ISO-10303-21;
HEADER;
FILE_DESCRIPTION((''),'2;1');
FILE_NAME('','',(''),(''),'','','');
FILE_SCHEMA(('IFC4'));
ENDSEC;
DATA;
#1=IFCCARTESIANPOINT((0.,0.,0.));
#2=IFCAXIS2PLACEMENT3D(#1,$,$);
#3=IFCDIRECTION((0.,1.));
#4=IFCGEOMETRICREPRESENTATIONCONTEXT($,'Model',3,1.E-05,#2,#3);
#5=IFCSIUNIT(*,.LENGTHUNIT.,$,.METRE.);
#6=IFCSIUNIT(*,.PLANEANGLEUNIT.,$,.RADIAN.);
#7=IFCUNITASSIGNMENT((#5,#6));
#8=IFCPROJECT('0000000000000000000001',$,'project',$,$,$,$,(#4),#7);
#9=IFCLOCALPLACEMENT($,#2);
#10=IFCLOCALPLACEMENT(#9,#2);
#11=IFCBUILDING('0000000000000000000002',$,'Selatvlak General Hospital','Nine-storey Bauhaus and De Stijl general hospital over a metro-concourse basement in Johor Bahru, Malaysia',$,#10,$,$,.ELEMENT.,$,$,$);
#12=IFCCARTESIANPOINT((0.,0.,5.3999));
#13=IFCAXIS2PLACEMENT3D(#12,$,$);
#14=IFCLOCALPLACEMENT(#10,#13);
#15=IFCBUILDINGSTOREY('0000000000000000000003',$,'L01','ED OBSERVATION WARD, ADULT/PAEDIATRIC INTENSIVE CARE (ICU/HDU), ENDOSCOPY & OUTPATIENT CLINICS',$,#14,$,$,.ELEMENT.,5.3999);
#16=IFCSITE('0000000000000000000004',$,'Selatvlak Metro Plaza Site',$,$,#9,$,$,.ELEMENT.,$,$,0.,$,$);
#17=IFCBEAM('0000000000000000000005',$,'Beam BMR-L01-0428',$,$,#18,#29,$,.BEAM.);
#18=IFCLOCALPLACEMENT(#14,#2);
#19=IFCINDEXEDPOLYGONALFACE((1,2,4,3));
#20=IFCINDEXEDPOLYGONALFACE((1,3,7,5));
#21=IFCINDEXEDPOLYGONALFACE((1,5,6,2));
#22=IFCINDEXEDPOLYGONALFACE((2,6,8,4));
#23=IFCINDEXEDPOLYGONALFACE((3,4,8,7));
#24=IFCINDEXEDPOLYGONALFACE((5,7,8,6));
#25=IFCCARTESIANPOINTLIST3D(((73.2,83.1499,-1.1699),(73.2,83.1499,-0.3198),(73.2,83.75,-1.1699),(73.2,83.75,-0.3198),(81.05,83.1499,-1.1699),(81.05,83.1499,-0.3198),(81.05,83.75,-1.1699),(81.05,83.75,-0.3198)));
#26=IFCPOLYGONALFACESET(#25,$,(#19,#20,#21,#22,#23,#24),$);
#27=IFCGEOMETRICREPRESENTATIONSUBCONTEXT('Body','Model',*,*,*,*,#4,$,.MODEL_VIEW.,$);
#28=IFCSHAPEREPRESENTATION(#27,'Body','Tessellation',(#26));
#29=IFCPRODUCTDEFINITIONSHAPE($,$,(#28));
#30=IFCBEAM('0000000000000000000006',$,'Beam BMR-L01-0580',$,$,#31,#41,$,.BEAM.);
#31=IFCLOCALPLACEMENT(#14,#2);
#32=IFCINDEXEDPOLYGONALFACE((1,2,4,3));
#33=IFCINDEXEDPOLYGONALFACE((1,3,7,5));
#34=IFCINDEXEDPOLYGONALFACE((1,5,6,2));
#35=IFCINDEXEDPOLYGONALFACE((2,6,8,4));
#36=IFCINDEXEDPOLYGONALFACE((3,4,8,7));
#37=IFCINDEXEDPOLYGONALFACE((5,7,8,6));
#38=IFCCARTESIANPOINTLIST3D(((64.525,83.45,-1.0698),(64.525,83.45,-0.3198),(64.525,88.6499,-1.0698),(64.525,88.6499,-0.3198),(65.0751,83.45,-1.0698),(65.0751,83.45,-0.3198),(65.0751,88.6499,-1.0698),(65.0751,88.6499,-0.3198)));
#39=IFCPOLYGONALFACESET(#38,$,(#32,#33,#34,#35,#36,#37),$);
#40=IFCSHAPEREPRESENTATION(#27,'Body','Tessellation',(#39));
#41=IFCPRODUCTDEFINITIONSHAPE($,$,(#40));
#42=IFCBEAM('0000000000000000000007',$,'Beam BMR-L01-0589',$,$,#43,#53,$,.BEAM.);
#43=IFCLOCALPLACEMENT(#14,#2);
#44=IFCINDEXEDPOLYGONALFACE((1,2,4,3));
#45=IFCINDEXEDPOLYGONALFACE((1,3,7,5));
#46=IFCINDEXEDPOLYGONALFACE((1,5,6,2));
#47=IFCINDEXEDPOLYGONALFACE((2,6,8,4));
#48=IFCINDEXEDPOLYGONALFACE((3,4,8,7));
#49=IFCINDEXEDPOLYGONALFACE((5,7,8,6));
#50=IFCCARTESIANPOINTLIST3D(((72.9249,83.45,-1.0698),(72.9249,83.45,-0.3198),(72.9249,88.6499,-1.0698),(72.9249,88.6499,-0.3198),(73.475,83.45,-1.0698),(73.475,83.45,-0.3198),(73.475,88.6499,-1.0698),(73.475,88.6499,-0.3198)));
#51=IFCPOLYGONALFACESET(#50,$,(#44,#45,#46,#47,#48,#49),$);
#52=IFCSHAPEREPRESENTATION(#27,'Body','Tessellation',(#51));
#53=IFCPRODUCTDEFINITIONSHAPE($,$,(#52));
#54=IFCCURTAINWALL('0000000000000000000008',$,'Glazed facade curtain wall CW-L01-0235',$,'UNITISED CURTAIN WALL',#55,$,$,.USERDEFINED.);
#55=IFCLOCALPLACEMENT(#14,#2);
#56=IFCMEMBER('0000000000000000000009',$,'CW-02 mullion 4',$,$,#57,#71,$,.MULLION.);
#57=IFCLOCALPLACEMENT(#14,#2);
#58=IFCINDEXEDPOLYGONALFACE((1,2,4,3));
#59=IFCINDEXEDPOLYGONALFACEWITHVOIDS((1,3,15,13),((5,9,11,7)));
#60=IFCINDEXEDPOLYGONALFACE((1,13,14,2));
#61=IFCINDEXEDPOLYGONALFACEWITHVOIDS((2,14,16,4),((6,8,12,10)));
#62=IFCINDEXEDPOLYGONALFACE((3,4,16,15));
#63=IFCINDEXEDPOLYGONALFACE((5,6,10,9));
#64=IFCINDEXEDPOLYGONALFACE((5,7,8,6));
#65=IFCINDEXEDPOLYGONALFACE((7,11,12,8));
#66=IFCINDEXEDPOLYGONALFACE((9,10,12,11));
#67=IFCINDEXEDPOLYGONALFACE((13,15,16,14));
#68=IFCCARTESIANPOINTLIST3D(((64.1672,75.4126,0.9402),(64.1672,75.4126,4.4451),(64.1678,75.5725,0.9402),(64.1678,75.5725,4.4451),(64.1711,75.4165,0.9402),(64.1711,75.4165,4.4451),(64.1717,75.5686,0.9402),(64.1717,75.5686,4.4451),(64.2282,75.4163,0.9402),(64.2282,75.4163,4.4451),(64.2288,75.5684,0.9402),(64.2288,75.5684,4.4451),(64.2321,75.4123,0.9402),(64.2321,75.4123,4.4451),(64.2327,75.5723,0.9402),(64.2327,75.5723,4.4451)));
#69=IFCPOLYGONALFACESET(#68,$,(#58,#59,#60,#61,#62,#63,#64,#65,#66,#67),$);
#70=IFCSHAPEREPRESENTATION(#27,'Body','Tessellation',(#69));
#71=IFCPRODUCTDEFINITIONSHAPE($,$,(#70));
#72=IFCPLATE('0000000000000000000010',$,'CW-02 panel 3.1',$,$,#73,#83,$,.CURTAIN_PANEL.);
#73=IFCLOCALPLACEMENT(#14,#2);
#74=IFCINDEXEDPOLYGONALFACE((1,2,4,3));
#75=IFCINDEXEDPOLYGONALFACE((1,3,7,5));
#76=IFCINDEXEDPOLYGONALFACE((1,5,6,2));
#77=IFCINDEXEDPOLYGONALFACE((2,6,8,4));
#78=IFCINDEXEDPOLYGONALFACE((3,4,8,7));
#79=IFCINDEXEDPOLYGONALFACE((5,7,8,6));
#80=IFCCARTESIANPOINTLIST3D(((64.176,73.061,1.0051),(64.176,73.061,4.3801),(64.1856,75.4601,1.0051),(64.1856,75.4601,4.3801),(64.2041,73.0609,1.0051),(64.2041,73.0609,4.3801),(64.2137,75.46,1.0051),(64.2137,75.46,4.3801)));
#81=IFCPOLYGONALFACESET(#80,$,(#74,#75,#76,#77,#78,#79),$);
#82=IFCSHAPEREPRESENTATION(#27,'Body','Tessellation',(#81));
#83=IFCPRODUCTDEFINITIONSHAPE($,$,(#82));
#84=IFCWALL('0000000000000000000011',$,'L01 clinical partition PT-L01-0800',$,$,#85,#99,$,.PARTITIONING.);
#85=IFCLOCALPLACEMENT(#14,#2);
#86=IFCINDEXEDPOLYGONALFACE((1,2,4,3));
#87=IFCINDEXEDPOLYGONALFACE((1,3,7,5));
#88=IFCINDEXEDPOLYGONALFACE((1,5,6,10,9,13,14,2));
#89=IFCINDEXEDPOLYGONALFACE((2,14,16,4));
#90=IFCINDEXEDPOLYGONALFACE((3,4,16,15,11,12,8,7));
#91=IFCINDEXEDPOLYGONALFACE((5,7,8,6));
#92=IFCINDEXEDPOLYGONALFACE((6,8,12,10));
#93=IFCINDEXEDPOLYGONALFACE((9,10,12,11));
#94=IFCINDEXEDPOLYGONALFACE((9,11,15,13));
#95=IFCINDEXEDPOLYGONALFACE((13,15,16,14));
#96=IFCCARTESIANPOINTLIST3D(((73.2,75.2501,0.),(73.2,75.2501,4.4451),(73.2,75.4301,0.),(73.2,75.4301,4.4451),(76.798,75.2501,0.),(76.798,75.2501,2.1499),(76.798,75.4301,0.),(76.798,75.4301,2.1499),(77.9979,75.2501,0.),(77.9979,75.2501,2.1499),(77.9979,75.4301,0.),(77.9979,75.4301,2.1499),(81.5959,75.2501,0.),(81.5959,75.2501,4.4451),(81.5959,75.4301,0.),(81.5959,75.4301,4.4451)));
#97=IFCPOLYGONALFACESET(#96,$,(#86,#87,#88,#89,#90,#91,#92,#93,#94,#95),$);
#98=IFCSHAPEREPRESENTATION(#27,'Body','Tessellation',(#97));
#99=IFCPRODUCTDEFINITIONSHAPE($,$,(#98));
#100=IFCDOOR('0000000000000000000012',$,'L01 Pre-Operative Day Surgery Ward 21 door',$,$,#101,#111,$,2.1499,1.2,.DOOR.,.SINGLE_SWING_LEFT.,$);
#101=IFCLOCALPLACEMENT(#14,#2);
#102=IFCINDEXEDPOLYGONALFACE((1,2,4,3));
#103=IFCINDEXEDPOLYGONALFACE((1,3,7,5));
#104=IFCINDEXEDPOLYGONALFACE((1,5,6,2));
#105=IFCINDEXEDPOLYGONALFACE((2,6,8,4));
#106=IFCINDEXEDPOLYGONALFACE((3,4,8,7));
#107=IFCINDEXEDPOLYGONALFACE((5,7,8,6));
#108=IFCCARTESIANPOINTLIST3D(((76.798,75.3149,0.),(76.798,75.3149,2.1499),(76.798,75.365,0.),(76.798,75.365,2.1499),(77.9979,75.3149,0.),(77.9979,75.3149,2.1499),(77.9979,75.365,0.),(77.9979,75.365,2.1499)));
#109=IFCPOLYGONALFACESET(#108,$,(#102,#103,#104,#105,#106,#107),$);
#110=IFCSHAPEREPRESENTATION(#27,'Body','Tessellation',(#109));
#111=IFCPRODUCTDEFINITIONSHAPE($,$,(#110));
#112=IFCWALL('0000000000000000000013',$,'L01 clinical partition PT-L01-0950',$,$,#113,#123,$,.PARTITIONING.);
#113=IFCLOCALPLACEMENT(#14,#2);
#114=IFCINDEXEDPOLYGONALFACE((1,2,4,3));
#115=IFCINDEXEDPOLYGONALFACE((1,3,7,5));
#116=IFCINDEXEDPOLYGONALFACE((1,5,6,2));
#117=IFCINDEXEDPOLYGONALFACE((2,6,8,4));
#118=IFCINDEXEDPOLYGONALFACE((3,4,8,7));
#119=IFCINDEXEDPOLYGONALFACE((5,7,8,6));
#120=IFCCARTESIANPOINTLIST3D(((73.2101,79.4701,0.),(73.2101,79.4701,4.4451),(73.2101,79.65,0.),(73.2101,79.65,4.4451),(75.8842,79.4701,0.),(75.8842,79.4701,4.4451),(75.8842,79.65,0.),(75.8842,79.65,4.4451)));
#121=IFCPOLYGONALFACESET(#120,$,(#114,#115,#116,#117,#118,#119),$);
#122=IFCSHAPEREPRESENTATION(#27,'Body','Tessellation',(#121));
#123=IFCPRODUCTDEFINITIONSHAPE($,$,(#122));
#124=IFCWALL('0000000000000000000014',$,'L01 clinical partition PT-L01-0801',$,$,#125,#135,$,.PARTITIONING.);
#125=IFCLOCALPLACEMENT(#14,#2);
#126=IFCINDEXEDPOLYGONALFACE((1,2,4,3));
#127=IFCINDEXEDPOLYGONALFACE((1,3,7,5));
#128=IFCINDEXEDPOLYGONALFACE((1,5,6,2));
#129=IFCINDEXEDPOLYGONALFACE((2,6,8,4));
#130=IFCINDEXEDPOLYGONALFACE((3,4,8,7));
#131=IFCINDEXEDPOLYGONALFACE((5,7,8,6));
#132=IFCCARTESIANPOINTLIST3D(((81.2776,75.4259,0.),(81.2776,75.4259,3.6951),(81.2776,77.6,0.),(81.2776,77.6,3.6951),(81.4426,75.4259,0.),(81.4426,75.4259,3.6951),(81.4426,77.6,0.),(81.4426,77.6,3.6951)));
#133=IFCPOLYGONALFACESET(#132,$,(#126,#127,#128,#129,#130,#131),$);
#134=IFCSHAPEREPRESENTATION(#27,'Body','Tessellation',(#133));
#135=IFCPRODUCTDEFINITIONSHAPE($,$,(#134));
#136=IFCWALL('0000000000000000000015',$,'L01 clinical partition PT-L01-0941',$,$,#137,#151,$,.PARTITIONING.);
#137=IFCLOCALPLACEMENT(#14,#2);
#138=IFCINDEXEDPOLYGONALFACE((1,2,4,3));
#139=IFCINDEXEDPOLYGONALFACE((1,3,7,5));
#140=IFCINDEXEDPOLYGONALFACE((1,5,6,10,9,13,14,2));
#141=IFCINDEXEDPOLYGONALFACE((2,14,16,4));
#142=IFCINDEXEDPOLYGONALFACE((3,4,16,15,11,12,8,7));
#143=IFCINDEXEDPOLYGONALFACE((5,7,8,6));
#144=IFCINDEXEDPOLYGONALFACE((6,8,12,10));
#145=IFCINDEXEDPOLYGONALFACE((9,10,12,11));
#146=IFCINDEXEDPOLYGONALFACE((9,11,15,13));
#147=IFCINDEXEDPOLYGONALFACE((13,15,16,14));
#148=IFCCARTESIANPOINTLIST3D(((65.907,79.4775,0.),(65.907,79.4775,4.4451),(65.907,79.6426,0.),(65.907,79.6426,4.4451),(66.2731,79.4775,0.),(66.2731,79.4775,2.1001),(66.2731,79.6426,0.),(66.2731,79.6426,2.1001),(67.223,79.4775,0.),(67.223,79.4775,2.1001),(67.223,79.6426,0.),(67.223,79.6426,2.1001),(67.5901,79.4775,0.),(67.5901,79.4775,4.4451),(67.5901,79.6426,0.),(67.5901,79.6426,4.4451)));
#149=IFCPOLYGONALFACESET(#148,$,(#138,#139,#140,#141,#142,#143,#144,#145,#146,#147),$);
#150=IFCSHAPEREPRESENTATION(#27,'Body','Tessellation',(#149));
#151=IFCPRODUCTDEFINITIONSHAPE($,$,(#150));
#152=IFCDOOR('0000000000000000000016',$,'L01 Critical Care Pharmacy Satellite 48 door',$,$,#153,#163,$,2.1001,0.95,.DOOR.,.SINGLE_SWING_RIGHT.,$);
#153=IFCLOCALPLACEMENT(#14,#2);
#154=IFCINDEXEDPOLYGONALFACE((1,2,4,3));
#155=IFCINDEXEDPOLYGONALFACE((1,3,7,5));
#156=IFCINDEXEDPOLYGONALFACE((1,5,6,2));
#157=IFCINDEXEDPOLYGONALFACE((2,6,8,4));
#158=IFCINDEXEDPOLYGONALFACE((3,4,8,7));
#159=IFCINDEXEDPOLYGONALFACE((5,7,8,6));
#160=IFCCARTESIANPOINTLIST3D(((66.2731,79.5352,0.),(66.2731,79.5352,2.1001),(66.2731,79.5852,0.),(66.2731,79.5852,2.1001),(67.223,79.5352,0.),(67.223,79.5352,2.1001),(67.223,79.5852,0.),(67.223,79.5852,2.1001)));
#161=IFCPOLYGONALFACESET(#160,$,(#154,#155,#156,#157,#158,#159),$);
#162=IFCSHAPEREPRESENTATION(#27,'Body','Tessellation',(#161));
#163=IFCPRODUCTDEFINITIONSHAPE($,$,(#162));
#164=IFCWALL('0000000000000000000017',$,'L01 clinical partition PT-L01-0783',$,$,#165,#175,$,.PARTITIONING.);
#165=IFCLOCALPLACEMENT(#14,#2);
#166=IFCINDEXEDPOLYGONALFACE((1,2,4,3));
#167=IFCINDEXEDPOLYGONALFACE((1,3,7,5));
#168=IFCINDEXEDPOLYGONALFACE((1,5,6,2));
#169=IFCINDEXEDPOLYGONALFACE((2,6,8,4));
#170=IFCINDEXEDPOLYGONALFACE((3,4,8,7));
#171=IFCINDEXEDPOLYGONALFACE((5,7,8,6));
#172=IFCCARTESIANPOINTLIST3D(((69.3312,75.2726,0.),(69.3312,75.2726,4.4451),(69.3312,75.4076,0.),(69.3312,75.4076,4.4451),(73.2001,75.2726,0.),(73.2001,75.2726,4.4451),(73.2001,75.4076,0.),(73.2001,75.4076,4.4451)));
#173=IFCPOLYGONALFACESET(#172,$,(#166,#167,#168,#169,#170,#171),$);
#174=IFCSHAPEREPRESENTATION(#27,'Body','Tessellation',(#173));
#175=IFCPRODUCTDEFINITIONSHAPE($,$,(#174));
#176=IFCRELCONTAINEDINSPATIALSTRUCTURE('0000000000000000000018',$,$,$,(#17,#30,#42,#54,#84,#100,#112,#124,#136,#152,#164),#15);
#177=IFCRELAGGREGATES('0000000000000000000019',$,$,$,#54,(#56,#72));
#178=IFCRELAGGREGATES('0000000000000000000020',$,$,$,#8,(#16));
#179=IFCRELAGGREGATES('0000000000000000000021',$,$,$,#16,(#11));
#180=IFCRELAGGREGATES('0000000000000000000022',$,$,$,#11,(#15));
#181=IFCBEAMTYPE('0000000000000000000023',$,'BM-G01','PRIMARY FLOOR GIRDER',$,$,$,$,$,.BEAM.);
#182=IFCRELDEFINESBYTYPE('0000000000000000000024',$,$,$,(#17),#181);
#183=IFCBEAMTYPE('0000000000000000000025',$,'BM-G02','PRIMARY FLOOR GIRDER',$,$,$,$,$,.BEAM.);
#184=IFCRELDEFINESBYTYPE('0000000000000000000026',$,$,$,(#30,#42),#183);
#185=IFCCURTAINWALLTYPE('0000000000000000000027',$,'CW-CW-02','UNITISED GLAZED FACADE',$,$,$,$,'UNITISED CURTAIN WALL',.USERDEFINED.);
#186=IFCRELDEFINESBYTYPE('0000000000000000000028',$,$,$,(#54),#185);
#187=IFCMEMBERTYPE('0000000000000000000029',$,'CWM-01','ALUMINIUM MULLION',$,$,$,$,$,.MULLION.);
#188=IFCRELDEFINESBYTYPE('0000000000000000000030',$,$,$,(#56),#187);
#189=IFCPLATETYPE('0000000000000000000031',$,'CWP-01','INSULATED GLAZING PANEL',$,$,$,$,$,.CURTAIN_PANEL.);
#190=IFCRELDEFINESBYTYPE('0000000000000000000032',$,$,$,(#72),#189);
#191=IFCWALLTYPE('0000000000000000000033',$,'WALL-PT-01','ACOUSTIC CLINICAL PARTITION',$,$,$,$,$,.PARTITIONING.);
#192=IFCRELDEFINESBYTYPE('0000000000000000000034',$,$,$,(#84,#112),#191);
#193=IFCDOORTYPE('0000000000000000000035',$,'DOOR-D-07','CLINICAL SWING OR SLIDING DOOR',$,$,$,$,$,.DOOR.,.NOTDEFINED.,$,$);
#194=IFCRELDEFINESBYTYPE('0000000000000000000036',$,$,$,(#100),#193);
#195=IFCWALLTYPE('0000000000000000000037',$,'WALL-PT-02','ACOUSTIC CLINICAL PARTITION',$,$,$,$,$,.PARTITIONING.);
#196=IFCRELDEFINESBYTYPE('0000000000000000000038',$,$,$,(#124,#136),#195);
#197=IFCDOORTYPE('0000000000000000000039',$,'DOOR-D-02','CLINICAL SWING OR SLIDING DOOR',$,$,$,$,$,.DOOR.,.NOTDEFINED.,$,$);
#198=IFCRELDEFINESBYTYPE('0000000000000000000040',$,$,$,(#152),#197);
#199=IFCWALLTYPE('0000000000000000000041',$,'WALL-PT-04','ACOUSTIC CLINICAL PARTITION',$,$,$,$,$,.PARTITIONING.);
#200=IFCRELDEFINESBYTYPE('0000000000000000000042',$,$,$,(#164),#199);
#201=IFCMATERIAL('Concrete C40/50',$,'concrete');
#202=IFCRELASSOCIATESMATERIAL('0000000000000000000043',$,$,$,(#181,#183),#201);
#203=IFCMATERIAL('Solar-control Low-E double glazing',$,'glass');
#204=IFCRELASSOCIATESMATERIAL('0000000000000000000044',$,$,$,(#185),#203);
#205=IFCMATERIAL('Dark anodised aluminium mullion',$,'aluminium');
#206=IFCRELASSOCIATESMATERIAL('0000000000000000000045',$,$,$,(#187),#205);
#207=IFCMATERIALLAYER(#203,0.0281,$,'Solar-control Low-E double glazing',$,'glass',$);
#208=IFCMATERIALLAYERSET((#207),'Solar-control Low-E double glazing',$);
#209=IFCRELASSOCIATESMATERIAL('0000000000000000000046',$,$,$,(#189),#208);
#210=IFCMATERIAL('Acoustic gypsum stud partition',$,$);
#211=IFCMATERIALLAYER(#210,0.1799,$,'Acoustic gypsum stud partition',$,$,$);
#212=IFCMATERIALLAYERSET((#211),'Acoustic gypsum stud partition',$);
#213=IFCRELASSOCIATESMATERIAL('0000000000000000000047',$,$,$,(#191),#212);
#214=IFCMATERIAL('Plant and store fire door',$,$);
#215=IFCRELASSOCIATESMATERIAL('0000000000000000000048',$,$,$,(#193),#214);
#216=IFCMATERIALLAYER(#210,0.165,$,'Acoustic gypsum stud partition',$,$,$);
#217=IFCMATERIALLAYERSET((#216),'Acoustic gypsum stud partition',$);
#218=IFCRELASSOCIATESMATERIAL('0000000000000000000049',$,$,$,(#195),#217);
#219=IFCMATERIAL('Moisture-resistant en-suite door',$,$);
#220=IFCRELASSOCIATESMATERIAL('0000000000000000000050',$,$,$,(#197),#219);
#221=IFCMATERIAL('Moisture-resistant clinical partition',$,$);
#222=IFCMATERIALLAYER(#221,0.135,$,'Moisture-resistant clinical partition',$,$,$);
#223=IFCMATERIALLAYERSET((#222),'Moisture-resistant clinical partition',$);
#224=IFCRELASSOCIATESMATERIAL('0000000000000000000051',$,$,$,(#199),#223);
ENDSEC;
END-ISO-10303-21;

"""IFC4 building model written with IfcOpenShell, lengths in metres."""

from ifc_helpers import new_model, si_unit, direction, frame, frame_2d, origin, origin_2d, place, context, subcontext, project, spatial, rectangle, hollow_rectangle, extrude, material, layer, layer_set, material_profile, profile_set, type_object, element, fill, aggregate, save


model = new_model("IFC4")

# Units and contexts
model_context = context("Model", 3, precision=1e-05, world=origin(), true_north=direction((0.0, 1.0)))
body_context = subcontext(model_context, "Body", "Model", "MODEL_VIEW")
ifc_project = project(units=[si_unit("LENGTHUNIT", "METRE"), si_unit("PLANEANGLEUNIT", "RADIAN")], contexts=[model_context])

# Site, building, storey
site_placement = place(None, origin())
site = spatial("IfcSite", under=ifc_project, at=site_placement, Name="Selatvlak Metro Plaza Site", CompositionType="ELEMENT", RefElevation=0.0)
building_placement = place(site_placement, origin())
building = spatial("IfcBuilding", under=site, at=building_placement, Name="Selatvlak General Hospital", Description="Nine-storey Bauhaus and De Stijl general hospital over a metro-concourse basement in Johor Bahru, Malaysia", CompositionType="ELEMENT")
storey_placement = place(building_placement, frame((0.0, 0.0, 5.3999)))
storey = spatial("IfcBuildingStorey", under=building, at=storey_placement, Name="L01", Description="ED OBSERVATION WARD, ADULT/PAEDIATRIC INTENSIVE CARE (ICU/HDU), ENDOSCOPY & OUTPATIENT CLINICS", CompositionType="ELEMENT", Elevation=5.3999)

# Beams
ifc_material_1 = material(Name="Concrete C40/50", Category="concrete")
ifc_material_profile_1 = material_profile(ifc_material_1, rectangle(XDim=0.6001, YDim=0.8501, at=origin_2d()), Name="RC-BM 600x850")
ifc_profile_set_1 = profile_set([ifc_material_profile_1], Name="Concrete C40/50")
beam_type_1 = type_object("IfcBeamType", Name="BM-G01", Description="PRIMARY FLOOR GIRDER", PredefinedType="BEAM", material=ifc_profile_set_1)
beam_1_placement = place(storey_placement, frame((73.2, 83.45, -0.7449), z_axis=(1.0, 0.0, 0.0), x_axis=(0.0, 1.0, 0.0)))
element("IfcBeam", 1, at=beam_1_placement, inside=storey, type_object=beam_type_1, Name="Beam BMR-L01-0428", PredefinedType="BEAM", context=body_context, shape_type="SweptSolid", body=[
    extrude(rectangle(XDim=0.6001, YDim=0.8501, at=origin_2d()), origin(), (0.0, 0.0, 1.0), 7.8501),
])
ifc_material_profile_2 = material_profile(ifc_material_1, rectangle(XDim=0.55, YDim=0.75, at=origin_2d()), Name="RC-BM 550x750")
ifc_profile_set_2 = profile_set([ifc_material_profile_2], Name="Concrete C40/50")
beam_type_2 = type_object("IfcBeamType", Name="BM-G02", Description="PRIMARY FLOOR GIRDER", PredefinedType="BEAM", material=ifc_profile_set_2)
for number, where, z_axis, x_axis, name in (
    (2, (64.8, 83.45, -0.6948), (0.0, 1.0, 0.0), (-1.0, 0.0, 0.0), "Beam BMR-L01-0580"),
    (3, (73.2, 83.45, -0.6948), (0.0, 1.0, 0.0), (-1.0, 0.0, 0.0), "Beam BMR-L01-0589"),
):
    element("IfcBeam", number, at=place(storey_placement, frame(where, z_axis=z_axis, x_axis=x_axis)), inside=storey, type_object=beam_type_2, Name=name, PredefinedType="BEAM", context=body_context, shape_type="SweptSolid", body=[
        extrude(rectangle(XDim=0.55, YDim=0.75, at=origin_2d()), origin(), (0.0, 0.0, 1.0), 5.2),
    ])

# Curtain wall, member, plate
ifc_material_2 = material(Name="Solar-control Low-E double glazing", Category="glass")
curtain_wall_type = type_object("IfcCurtainWallType", Name="CW-CW-02", Description="UNITISED GLAZED FACADE", ElementType="UNITISED CURTAIN WALL", PredefinedType="USERDEFINED", material=ifc_material_2)
curtain_wall_placement = place(storey_placement, origin())
curtain_wall = element("IfcCurtainWall", 4, at=curtain_wall_placement, inside=storey, type_object=curtain_wall_type, Name="Glazed facade curtain wall CW-L01-0235", ObjectType="UNITISED CURTAIN WALL", PredefinedType="USERDEFINED")
ifc_material_3 = material(Name="Dark anodised aluminium mullion", Category="aluminium")
ifc_material_profile_3 = material_profile(ifc_material_3, hollow_rectangle(XDim=0.0649, YDim=0.1599, WallThickness=0.0039, at=origin_2d()), Name="AL-MUL 65x160x4")
ifc_profile_set_3 = profile_set([ifc_material_profile_3], Name="Dark anodised aluminium mullion")
member_type = type_object("IfcMemberType", Name="CWM-01", Description="ALUMINIUM MULLION", PredefinedType="MULLION", material=ifc_profile_set_3)
member_placement = place(storey_placement, frame((64.2, 75.4924, 0.9402), z_axis=(0.0, 0.0, 1.0), x_axis=(-0.999992, 0.004005, 0.0)))
member = element("IfcMember", 5, at=member_placement, type_object=member_type, Name="CW-02 mullion 4", PredefinedType="MULLION", context=body_context, shape_type="SweptSolid", body=[
    extrude(hollow_rectangle(XDim=0.0649, YDim=0.1599, WallThickness=0.0039, at=origin_2d()), origin(), (0.0, 0.0, 1.0), 3.5049),
])
ifc_layer_1 = layer(ifc_material_2, 0.0281, Name="Solar-control Low-E double glazing", Category="glass")
ifc_layer_set_1 = layer_set([ifc_layer_1], Name="Solar-control Low-E double glazing")
plate_type = type_object("IfcPlateType", Name="CWP-01", Description="INSULATED GLAZING PANEL", PredefinedType="CURTAIN_PANEL", material=ifc_layer_set_1)
plate_placement = place(storey_placement, frame((64.1948, 74.2605, 1.0051), z_axis=(0.0, 0.0, 1.0), x_axis=(0.004005, 0.999992, 0.0)))
plate = element("IfcPlate", 6, at=plate_placement, type_object=plate_type, Name="CW-02 panel 3.1", PredefinedType="CURTAIN_PANEL", context=body_context, shape_type="SweptSolid", body=[
    extrude(rectangle(XDim=2.3992, YDim=0.0281, at=origin_2d()), origin(), (0.0, 0.0, 1.0), 3.375),
])
aggregate(curtain_wall, [member, plate])

# Wall, opening, door
ifc_material_4 = material(Name="Acoustic gypsum stud partition")
ifc_layer_2 = layer(ifc_material_4, 0.1799, Name="Acoustic gypsum stud partition")
ifc_layer_set_2 = layer_set([ifc_layer_2], Name="Acoustic gypsum stud partition")
wall_type_1 = type_object("IfcWallType", Name="WALL-PT-01", Description="ACOUSTIC CLINICAL PARTITION", PredefinedType="PARTITIONING", material=ifc_layer_set_2)
wall_1_placement = place(storey_placement, frame((73.2, 75.3401, 0.0), z_axis=(0.0, 0.0, 1.0), x_axis=(1.0, 0.0, 0.0)))
wall_1 = element("IfcWall", 7, at=wall_1_placement, inside=storey, type_object=wall_type_1, Name="L01 clinical partition PT-L01-0800", PredefinedType="PARTITIONING", context=body_context, shape_type="SweptSolid", body=[
    extrude(rectangle(XDim=8.396, YDim=0.1799, at=frame_2d((4.198, 0.0))), origin(), (0.0, 0.0, 1.0), 4.4451),
])
opening_1_placement = place(wall_1_placement, frame((3.5979, 0.0, 0.0)))
opening_1 = element("IfcOpeningElement", 8, at=opening_1_placement, cuts=wall_1, PredefinedType="OPENING", context=body_context, shape_type="SweptSolid", body=[
    extrude(rectangle(XDim=1.2, YDim=2.1499, at=frame_2d((0.6001, 1.075))), frame((0.0, 0.0999, 0.0), z_axis=(0.0, -1.0, 0.0), x_axis=(1.0, 0.0, 0.0)), (0.0, 0.0, 1.0), 0.2),
])
ifc_material_5 = material(Name="Plant and store fire door")
door_type_1 = type_object("IfcDoorType", Name="DOOR-D-07", Description="CLINICAL SWING OR SLIDING DOOR", OperationType="NOTDEFINED", PredefinedType="DOOR", material=ifc_material_5)
door_1_placement = place(opening_1_placement, origin())
door_1 = element("IfcDoor", 9, at=door_1_placement, inside=storey, type_object=door_type_1, Name="L01 Pre-Operative Day Surgery Ward 21 door", OperationType="SINGLE_SWING_LEFT", OverallHeight=2.1499, OverallWidth=1.2, PredefinedType="DOOR", context=body_context, shape_type="SweptSolid", body=[
    extrude(rectangle(XDim=1.2, YDim=2.1499, at=frame_2d((0.6001, 1.075))), frame((0.0, 0.0249, 0.0), z_axis=(0.0, -1.0, 0.0), x_axis=(1.0, 0.0, 0.0)), (0.0, 0.0, 1.0), 0.05),
])
fill(opening_1, door_1)

# Walls
wall_2_placement = place(storey_placement, frame((75.884, 79.5601, 0.0), z_axis=(0.0, 0.0, 1.0), x_axis=(-1.0, 0.0, 0.0)))
element("IfcWall", 10, at=wall_2_placement, inside=storey, type_object=wall_type_1, Name="L01 clinical partition PT-L01-0950", PredefinedType="PARTITIONING", context=body_context, shape_type="SweptSolid", body=[
    extrude(rectangle(XDim=2.6741, YDim=0.1799, at=frame_2d((1.3369, 0.0))), origin(), (0.0, 0.0, 1.0), 4.4451),
])
ifc_layer_3 = layer(ifc_material_4, 0.165, Name="Acoustic gypsum stud partition")
ifc_layer_set_3 = layer_set([ifc_layer_3], Name="Acoustic gypsum stud partition")
wall_type_2 = type_object("IfcWallType", Name="WALL-PT-02", Description="ACOUSTIC CLINICAL PARTITION", PredefinedType="PARTITIONING", material=ifc_layer_set_3)
wall_3_placement = place(storey_placement, frame((81.3601, 75.426, 0.0), z_axis=(0.0, 0.0, 1.0), x_axis=(0.0, 1.0, 0.0)))
element("IfcWall", 11, at=wall_3_placement, inside=storey, type_object=wall_type_2, Name="L01 clinical partition PT-L01-0801", PredefinedType="PARTITIONING", context=body_context, shape_type="SweptSolid", body=[
    extrude(rectangle(XDim=2.1741, YDim=0.165, at=frame_2d((1.0869, 0.0))), origin(), (0.0, 0.0, 1.0), 3.6951),
])

# Wall, opening, door
wall_4_placement = place(storey_placement, frame((67.5901, 79.5601, 0.0), z_axis=(0.0, 0.0, 1.0), x_axis=(-1.0, 0.0, 0.0)))
wall_4 = element("IfcWall", 12, at=wall_4_placement, inside=storey, type_object=wall_type_2, Name="L01 clinical partition PT-L01-0941", PredefinedType="PARTITIONING", context=body_context, shape_type="SweptSolid", body=[
    extrude(rectangle(XDim=1.6831, YDim=0.165, at=frame_2d((0.8416, 0.0))), origin(), (0.0, 0.0, 1.0), 4.4451),
])
opening_2_placement = place(wall_4_placement, frame((0.3669, 0.0, 0.0)))
opening_2 = element("IfcOpeningElement", 13, at=opening_2_placement, cuts=wall_4, PredefinedType="OPENING", context=body_context, shape_type="SweptSolid", body=[
    extrude(rectangle(XDim=0.95, YDim=2.1001, at=frame_2d((0.4751, 1.05))), frame((0.0, 0.0925, 0.0), z_axis=(0.0, -1.0, 0.0), x_axis=(1.0, 0.0, 0.0)), (0.0, 0.0, 1.0), 0.1851),
])
ifc_material_6 = material(Name="Moisture-resistant en-suite door")
door_type_2 = type_object("IfcDoorType", Name="DOOR-D-02", Description="CLINICAL SWING OR SLIDING DOOR", OperationType="NOTDEFINED", PredefinedType="DOOR", material=ifc_material_6)
door_2_placement = place(opening_2_placement, origin())
door_2 = element("IfcDoor", 14, at=door_2_placement, inside=storey, type_object=door_type_2, Name="L01 Critical Care Pharmacy Satellite 48 door", OperationType="SINGLE_SWING_RIGHT", OverallHeight=2.1001, OverallWidth=0.95, PredefinedType="DOOR", context=body_context, shape_type="SweptSolid", body=[
    extrude(rectangle(XDim=0.95, YDim=2.1001, at=frame_2d((0.4751, 1.05))), frame((0.0, 0.0249, 0.0), z_axis=(0.0, -1.0, 0.0), x_axis=(1.0, 0.0, 0.0)), (0.0, 0.0, 1.0), 0.05),
])
fill(opening_2, door_2)

# Wall
ifc_material_7 = material(Name="Moisture-resistant clinical partition")
ifc_layer_4 = layer(ifc_material_7, 0.135, Name="Moisture-resistant clinical partition")
ifc_layer_set_4 = layer_set([ifc_layer_4], Name="Moisture-resistant clinical partition")
wall_type_3 = type_object("IfcWallType", Name="WALL-PT-04", Description="ACOUSTIC CLINICAL PARTITION", PredefinedType="PARTITIONING", material=ifc_layer_set_4)
wall_5_placement = place(storey_placement, frame((69.3311, 75.3401, 0.0), z_axis=(0.0, 0.0, 1.0), x_axis=(1.0, 0.0, 0.0)))
element("IfcWall", 15, at=wall_5_placement, inside=storey, type_object=wall_type_3, Name="L01 clinical partition PT-L01-0783", PredefinedType="PARTITIONING", context=body_context, shape_type="SweptSolid", body=[
    extrude(rectangle(XDim=3.8689, YDim=0.135, at=frame_2d((1.9346, 0.0))), origin(), (0.0, 0.0, 1.0), 4.4451),
])

save(model, "model.ifc")
